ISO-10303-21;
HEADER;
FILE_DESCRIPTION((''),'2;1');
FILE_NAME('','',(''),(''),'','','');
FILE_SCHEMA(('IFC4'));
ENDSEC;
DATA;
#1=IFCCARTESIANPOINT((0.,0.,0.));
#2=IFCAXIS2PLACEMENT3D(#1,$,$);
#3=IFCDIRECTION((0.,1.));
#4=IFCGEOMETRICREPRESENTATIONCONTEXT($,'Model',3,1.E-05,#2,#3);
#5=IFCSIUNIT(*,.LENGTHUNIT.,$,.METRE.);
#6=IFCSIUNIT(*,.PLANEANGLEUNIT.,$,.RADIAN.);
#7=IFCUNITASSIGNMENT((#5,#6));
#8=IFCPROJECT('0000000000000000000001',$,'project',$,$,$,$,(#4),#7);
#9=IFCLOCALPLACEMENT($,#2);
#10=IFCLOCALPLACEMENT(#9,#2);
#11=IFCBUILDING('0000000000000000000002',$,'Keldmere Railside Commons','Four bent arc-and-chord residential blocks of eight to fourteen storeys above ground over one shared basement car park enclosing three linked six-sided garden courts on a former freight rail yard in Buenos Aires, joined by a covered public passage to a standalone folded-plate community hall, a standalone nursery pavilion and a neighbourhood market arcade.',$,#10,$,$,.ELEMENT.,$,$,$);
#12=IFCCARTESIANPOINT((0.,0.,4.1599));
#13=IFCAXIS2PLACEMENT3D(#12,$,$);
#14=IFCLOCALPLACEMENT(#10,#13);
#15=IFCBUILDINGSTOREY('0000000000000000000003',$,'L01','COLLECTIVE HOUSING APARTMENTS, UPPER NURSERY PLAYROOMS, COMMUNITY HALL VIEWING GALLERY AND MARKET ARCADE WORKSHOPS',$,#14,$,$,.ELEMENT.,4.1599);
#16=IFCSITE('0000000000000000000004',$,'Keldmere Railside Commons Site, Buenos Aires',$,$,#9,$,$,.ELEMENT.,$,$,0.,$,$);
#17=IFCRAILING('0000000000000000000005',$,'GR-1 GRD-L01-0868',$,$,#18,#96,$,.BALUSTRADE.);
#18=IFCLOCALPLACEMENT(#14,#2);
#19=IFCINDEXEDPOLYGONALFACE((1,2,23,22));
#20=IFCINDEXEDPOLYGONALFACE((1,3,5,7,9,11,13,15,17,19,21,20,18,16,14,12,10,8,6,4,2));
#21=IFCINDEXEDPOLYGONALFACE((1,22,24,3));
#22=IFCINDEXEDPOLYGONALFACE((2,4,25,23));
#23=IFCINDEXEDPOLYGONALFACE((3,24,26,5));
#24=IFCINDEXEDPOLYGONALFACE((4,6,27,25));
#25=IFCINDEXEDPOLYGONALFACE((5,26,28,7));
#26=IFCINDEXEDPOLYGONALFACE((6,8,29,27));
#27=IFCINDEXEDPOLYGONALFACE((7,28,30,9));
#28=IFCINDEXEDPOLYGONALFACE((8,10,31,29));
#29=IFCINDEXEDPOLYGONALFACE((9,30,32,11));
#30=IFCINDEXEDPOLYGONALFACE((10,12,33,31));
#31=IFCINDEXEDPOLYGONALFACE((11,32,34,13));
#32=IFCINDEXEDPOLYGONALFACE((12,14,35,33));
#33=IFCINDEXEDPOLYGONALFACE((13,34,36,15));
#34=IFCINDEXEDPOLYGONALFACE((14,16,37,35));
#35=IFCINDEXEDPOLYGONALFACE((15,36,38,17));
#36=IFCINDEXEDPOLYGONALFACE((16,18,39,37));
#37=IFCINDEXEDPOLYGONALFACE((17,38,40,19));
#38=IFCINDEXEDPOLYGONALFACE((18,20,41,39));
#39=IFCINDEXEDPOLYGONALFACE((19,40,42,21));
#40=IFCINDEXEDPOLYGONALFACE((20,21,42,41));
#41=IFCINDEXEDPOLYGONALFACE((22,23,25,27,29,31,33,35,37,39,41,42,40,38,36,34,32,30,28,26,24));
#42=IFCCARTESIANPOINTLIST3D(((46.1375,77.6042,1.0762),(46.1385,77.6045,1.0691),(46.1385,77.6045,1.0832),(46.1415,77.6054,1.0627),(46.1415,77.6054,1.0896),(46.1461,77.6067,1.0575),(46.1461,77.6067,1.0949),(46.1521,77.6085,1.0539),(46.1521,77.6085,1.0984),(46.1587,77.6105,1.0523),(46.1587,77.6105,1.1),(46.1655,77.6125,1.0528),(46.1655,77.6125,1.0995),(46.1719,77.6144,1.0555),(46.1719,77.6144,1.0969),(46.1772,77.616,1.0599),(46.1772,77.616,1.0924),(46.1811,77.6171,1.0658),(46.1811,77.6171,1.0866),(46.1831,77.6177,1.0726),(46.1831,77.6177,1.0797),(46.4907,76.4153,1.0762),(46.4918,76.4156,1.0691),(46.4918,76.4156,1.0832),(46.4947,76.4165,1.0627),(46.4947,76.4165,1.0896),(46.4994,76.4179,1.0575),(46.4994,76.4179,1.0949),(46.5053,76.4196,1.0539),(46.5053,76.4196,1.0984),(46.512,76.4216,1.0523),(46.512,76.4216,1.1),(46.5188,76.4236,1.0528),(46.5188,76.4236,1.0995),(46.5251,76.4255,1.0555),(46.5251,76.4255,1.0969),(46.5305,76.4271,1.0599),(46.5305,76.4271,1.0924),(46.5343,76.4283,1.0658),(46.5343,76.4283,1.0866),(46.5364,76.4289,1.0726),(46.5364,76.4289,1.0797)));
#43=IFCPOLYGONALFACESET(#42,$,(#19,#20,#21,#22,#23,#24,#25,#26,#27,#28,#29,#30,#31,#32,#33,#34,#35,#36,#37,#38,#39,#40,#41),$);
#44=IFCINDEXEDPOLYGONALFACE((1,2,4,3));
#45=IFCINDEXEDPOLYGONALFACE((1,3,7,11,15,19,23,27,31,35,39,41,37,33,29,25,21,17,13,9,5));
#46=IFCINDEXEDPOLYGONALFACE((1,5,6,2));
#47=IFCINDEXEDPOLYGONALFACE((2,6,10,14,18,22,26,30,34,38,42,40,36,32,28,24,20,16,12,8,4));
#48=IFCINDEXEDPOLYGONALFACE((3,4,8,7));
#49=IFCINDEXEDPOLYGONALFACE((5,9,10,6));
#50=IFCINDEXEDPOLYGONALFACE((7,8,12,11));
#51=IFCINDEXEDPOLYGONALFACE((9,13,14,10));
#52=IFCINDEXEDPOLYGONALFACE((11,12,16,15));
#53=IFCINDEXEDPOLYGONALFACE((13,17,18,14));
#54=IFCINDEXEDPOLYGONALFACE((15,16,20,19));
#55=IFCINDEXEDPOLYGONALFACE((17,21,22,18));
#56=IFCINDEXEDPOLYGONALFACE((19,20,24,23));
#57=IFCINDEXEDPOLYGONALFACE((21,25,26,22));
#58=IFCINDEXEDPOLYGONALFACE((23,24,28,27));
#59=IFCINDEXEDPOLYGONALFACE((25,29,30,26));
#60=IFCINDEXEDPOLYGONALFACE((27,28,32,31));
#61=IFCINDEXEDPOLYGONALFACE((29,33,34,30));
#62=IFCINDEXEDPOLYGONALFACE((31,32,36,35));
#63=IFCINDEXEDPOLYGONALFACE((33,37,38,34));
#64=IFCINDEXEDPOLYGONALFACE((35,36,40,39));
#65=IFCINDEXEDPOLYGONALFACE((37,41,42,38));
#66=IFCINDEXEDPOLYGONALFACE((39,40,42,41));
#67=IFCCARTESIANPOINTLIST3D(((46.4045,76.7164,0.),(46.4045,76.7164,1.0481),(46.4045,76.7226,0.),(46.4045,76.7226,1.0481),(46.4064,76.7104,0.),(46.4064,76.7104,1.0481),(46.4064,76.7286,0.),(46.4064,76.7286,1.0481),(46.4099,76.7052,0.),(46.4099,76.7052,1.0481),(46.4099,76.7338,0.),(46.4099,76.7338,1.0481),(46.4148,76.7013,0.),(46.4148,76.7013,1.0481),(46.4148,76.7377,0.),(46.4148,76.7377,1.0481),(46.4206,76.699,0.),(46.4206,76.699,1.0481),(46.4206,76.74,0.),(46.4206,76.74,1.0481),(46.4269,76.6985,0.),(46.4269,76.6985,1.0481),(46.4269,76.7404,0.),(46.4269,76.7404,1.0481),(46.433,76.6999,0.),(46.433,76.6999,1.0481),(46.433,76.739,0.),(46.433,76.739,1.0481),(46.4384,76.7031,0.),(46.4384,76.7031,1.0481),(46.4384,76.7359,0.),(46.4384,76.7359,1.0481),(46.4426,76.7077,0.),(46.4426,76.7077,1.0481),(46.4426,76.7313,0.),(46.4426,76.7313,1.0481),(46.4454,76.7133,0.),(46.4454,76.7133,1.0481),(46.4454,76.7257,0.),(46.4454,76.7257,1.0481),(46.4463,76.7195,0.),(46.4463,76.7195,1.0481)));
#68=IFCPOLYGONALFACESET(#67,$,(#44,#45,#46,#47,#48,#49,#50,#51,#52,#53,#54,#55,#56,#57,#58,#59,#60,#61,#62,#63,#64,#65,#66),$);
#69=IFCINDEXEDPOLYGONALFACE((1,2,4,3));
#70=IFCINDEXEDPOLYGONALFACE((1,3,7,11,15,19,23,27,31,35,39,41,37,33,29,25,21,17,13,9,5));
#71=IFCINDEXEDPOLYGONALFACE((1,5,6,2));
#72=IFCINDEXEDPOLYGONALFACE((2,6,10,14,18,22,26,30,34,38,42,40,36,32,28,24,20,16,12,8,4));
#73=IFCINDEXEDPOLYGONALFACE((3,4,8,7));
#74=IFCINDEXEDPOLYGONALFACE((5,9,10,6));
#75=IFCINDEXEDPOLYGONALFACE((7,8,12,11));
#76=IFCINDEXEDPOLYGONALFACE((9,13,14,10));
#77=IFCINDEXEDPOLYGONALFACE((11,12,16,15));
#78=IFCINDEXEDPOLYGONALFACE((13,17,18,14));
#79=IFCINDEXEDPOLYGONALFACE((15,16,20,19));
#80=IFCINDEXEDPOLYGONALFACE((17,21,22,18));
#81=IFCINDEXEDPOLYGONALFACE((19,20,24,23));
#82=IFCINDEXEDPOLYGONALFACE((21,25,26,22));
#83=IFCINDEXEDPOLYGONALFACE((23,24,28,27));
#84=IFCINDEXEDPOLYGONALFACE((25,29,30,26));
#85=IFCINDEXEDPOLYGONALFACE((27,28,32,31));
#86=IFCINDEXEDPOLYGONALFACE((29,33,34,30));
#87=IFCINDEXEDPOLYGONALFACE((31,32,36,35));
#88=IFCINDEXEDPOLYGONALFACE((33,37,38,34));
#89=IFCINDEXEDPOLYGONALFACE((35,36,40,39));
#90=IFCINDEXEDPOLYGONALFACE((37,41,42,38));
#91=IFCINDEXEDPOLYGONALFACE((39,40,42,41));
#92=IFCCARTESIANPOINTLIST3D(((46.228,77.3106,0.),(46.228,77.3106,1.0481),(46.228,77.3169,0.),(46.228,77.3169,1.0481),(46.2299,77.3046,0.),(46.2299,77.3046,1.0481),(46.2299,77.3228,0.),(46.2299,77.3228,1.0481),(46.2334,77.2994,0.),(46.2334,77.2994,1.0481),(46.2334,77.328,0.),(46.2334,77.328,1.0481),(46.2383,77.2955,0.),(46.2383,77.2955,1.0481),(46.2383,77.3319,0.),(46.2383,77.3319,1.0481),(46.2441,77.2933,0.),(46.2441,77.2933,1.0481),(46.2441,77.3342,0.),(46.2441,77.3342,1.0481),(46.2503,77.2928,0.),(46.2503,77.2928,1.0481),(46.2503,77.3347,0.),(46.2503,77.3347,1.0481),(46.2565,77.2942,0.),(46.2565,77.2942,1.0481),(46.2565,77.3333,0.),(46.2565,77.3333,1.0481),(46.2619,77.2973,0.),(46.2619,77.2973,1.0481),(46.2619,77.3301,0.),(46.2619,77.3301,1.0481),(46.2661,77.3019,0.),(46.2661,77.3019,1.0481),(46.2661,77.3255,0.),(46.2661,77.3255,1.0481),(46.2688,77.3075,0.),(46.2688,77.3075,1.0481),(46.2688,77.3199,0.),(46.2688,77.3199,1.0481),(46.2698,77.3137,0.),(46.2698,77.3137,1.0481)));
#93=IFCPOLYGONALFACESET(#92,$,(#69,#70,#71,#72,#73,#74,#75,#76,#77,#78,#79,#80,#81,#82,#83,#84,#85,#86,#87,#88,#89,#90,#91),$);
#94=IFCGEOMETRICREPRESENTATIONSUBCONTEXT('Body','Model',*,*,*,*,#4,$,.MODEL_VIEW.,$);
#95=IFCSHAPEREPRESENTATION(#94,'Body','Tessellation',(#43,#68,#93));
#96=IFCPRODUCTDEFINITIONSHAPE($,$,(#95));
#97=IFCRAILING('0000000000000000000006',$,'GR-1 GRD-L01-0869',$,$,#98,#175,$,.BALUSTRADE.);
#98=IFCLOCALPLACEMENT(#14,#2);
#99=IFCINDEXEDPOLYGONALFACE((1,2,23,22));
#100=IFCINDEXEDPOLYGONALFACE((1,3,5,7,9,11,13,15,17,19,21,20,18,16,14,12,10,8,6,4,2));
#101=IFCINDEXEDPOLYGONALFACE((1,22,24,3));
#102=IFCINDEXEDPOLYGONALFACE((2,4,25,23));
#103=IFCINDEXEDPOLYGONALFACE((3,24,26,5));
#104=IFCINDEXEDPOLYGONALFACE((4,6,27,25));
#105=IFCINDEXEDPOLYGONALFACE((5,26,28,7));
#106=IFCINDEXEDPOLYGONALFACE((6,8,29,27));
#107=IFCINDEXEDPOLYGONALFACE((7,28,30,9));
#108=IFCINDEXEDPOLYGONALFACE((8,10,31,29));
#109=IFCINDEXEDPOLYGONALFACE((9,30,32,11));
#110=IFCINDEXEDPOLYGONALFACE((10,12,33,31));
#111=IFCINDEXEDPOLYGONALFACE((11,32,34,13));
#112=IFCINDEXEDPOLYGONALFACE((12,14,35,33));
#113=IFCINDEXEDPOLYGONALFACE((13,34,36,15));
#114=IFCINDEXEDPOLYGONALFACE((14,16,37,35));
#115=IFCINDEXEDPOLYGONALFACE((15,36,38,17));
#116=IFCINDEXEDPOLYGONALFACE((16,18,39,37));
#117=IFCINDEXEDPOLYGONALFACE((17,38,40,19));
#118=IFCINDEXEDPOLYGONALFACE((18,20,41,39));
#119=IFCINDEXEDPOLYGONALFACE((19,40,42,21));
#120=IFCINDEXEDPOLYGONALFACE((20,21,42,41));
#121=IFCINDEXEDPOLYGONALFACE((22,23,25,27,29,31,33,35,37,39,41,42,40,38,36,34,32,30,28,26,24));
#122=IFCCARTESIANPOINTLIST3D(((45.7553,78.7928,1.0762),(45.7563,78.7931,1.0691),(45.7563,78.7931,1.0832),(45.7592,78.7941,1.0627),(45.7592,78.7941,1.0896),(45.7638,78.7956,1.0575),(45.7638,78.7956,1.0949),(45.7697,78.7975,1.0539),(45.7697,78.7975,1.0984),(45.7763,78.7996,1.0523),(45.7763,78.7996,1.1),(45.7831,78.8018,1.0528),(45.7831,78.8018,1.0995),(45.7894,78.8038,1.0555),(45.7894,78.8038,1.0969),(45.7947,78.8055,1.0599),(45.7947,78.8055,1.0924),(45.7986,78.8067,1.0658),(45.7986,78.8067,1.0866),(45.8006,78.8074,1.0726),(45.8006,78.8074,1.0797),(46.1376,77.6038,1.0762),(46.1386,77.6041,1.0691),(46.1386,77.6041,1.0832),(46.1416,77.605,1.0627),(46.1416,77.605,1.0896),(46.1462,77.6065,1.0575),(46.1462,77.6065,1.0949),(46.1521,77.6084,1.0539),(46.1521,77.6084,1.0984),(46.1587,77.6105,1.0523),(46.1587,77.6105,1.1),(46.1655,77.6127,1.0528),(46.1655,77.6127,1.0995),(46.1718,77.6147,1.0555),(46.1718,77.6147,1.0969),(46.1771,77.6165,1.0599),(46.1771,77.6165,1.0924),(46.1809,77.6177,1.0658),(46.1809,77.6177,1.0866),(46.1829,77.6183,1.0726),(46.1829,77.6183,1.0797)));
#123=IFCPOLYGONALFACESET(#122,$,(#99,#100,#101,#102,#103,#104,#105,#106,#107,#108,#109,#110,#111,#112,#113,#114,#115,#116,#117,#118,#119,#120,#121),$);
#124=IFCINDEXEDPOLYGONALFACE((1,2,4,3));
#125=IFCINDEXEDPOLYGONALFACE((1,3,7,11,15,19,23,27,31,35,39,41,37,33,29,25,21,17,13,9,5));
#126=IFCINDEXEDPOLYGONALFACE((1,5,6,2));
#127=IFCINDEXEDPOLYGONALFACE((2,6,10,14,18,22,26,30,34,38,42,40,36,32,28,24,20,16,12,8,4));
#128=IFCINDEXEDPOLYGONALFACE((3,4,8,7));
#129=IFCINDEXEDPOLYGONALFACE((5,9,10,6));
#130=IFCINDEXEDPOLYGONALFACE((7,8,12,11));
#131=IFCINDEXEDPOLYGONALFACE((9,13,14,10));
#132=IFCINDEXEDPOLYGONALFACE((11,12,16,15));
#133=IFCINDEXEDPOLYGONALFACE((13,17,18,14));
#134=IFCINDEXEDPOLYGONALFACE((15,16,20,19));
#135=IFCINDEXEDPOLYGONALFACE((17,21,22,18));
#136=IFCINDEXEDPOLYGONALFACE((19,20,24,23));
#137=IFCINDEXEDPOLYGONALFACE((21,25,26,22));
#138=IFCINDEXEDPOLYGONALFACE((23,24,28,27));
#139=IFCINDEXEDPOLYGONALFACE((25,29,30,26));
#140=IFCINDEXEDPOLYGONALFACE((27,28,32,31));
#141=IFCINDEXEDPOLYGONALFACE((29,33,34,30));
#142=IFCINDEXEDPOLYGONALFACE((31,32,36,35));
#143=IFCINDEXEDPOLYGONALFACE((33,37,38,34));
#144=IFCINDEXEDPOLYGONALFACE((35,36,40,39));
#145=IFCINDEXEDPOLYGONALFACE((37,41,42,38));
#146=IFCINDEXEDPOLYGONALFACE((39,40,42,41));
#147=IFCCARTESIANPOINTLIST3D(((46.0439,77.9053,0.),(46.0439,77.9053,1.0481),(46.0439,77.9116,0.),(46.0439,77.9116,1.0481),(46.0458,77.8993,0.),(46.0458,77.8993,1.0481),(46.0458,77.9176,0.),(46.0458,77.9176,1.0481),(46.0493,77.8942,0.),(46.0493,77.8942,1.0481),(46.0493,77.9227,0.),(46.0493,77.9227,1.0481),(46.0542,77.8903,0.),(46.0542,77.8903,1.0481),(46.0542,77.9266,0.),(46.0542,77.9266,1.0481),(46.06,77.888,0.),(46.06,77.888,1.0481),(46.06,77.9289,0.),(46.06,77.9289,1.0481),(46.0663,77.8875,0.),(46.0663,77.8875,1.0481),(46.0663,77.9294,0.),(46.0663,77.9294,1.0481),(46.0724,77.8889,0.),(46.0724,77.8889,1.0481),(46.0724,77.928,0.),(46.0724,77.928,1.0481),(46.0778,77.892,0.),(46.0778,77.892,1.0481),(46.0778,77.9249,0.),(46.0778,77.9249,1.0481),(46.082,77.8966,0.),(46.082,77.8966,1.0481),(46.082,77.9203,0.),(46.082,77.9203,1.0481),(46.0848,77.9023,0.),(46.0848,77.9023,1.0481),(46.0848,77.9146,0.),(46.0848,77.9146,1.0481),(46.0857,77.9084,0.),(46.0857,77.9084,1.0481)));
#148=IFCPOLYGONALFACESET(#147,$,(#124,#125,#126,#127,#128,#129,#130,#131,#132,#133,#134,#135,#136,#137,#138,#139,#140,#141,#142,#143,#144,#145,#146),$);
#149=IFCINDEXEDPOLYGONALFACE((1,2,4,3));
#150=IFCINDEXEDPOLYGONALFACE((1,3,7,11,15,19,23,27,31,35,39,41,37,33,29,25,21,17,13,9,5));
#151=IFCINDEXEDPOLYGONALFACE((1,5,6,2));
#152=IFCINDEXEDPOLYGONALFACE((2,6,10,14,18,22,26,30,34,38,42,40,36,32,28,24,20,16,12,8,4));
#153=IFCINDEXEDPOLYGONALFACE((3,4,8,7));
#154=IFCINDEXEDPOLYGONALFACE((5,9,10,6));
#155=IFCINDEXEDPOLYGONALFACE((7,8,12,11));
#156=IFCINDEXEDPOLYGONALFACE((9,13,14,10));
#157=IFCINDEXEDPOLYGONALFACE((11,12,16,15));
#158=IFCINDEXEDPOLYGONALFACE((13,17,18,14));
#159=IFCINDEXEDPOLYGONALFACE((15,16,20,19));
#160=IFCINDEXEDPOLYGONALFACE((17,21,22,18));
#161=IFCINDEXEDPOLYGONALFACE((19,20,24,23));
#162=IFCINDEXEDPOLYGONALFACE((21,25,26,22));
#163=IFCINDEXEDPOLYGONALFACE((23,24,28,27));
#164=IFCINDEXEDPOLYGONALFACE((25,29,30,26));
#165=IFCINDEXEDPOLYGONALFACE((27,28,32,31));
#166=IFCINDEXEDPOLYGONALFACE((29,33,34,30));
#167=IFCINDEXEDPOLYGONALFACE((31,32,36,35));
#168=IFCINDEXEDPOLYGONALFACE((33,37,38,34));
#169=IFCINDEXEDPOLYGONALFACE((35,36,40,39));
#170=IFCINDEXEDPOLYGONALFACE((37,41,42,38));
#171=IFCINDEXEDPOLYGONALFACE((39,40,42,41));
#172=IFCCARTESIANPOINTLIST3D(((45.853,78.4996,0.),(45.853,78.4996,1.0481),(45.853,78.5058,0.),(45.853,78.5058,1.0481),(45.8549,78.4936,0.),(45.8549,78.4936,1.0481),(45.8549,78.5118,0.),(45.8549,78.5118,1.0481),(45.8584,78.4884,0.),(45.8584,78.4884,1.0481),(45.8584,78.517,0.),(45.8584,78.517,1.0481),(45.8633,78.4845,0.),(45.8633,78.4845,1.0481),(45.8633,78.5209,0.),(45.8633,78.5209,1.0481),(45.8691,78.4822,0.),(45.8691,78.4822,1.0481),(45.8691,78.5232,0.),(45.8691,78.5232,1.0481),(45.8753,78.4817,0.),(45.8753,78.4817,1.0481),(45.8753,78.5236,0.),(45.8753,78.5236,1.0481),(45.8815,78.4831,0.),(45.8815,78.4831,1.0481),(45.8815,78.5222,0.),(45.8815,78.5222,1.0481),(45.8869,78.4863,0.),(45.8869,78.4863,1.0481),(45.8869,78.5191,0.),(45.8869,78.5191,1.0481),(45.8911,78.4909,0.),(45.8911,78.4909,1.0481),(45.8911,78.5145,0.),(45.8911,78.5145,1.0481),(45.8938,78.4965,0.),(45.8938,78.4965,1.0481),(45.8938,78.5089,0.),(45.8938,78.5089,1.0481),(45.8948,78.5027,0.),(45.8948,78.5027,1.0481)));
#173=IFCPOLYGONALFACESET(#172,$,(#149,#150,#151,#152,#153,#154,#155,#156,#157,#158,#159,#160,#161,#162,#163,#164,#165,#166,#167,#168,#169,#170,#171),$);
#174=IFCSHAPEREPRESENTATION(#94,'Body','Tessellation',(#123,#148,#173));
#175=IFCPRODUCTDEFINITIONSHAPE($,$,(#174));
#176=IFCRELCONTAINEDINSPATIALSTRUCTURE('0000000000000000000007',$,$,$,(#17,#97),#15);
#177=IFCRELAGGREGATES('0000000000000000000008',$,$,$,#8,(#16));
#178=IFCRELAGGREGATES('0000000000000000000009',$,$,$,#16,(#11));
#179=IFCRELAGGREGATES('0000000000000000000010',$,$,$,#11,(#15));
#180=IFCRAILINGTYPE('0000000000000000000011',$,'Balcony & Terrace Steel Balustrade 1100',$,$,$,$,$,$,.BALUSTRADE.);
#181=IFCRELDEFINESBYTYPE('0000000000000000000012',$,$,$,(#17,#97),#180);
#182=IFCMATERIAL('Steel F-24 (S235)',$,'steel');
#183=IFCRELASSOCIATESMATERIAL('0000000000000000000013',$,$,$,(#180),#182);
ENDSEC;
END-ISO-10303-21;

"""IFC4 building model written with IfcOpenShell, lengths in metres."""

from ifc_helpers import new_model, si_unit, direction, frame, origin, origin_2d, place, context, subcontext, project, spatial, circle, extrude, material, type_object, element, save


model = new_model("IFC4")

# Units and contexts
model_context = context("Model", 3, precision=1e-05, world=origin(), true_north=direction((0.0, 1.0)))
body_context = subcontext(model_context, "Body", "Model", "MODEL_VIEW")
ifc_project = project(units=[si_unit("LENGTHUNIT", "METRE"), si_unit("PLANEANGLEUNIT", "RADIAN")], contexts=[model_context])

# Site, building, storey
site_placement = place(None, origin())
site = spatial("IfcSite", under=ifc_project, at=site_placement, Name="Keldmere Railside Commons Site, Buenos Aires", CompositionType="ELEMENT", RefElevation=0.0)
building_placement = place(site_placement, origin())
building = spatial("IfcBuilding", under=site, at=building_placement, Name="Keldmere Railside Commons", Description="Four bent arc-and-chord residential blocks of eight to fourteen storeys above ground over one shared basement car park enclosing three linked six-sided garden courts on a former freight rail yard in Buenos Aires, joined by a covered public passage to a standalone folded-plate community hall, a standalone nursery pavilion and a neighbourhood market arcade.", CompositionType="ELEMENT")
storey_placement = place(building_placement, frame((0.0, 0.0, 4.1599)))
storey = spatial("IfcBuildingStorey", under=building, at=storey_placement, Name="L01", Description="COLLECTIVE HOUSING APARTMENTS, UPPER NURSERY PLAYROOMS, COMMUNITY HALL VIEWING GALLERY AND MARKET ARCADE WORKSHOPS", CompositionType="ELEMENT", Elevation=4.1599)

# Railings
ifc_material_1 = material(Name="Steel F-24 (S235)", Category="steel")
railing_type_1 = type_object("IfcRailingType", Name="Balcony & Terrace Steel Balustrade 1100", PredefinedType="BALUSTRADE", material=ifc_material_1)
railing_1_placement = place(storey_placement, frame((46.5137, 76.4221, 0.0)))
element("IfcRailing", 1, at=railing_1_placement, inside=storey, type_object=railing_type_1, Name="GR-1 GRD-L01-0868", PredefinedType="BALUSTRADE", context=body_context, shape_type="SweptSolid", body=[
    extrude(circle(Radius=0.0239, at=origin_2d()), frame((0.0, 0.0, 1.0762), z_axis=(-0.284819, 0.958581, 0.0), x_axis=(-0.958581, -0.284819, 0.0)), (0.0, 0.0, 1.0), 1.2402),
    extrude(circle(Radius=0.021, at=origin_2d()), frame((-0.0884, 0.2974, 0.0)), (0.0, 0.0, 1.0), 1.0481),
    extrude(circle(Radius=0.021, at=origin_2d()), frame((-0.2649, 0.8916, 0.0)), (0.0, 0.0, 1.0), 1.0481),
])
railing_2_placement = place(storey_placement, frame((46.1604, 77.6111, 0.0)))
element("IfcRailing", 2, at=railing_2_placement, inside=storey, type_object=railing_type_1, Name="GR-1 GRD-L01-0869", PredefinedType="BALUSTRADE", context=body_context, shape_type="SweptSolid", body=[
    extrude(circle(Radius=0.0239, at=origin_2d()), frame((0.0, 0.0, 1.0762), z_axis=(-0.306123, 0.951992, 0.0), x_axis=(-0.951992, -0.306123, 0.0)), (0.0, 0.0, 1.0), 1.249),
    extrude(circle(Radius=0.021, at=origin_2d()), frame((-0.0957, 0.2974, 0.0)), (0.0, 0.0, 1.0), 1.0481),
    extrude(circle(Radius=0.021, at=origin_2d()), frame((-0.2866, 0.8916, 0.0)), (0.0, 0.0, 1.0), 1.0481),
])

save(model, "model.ifc")
